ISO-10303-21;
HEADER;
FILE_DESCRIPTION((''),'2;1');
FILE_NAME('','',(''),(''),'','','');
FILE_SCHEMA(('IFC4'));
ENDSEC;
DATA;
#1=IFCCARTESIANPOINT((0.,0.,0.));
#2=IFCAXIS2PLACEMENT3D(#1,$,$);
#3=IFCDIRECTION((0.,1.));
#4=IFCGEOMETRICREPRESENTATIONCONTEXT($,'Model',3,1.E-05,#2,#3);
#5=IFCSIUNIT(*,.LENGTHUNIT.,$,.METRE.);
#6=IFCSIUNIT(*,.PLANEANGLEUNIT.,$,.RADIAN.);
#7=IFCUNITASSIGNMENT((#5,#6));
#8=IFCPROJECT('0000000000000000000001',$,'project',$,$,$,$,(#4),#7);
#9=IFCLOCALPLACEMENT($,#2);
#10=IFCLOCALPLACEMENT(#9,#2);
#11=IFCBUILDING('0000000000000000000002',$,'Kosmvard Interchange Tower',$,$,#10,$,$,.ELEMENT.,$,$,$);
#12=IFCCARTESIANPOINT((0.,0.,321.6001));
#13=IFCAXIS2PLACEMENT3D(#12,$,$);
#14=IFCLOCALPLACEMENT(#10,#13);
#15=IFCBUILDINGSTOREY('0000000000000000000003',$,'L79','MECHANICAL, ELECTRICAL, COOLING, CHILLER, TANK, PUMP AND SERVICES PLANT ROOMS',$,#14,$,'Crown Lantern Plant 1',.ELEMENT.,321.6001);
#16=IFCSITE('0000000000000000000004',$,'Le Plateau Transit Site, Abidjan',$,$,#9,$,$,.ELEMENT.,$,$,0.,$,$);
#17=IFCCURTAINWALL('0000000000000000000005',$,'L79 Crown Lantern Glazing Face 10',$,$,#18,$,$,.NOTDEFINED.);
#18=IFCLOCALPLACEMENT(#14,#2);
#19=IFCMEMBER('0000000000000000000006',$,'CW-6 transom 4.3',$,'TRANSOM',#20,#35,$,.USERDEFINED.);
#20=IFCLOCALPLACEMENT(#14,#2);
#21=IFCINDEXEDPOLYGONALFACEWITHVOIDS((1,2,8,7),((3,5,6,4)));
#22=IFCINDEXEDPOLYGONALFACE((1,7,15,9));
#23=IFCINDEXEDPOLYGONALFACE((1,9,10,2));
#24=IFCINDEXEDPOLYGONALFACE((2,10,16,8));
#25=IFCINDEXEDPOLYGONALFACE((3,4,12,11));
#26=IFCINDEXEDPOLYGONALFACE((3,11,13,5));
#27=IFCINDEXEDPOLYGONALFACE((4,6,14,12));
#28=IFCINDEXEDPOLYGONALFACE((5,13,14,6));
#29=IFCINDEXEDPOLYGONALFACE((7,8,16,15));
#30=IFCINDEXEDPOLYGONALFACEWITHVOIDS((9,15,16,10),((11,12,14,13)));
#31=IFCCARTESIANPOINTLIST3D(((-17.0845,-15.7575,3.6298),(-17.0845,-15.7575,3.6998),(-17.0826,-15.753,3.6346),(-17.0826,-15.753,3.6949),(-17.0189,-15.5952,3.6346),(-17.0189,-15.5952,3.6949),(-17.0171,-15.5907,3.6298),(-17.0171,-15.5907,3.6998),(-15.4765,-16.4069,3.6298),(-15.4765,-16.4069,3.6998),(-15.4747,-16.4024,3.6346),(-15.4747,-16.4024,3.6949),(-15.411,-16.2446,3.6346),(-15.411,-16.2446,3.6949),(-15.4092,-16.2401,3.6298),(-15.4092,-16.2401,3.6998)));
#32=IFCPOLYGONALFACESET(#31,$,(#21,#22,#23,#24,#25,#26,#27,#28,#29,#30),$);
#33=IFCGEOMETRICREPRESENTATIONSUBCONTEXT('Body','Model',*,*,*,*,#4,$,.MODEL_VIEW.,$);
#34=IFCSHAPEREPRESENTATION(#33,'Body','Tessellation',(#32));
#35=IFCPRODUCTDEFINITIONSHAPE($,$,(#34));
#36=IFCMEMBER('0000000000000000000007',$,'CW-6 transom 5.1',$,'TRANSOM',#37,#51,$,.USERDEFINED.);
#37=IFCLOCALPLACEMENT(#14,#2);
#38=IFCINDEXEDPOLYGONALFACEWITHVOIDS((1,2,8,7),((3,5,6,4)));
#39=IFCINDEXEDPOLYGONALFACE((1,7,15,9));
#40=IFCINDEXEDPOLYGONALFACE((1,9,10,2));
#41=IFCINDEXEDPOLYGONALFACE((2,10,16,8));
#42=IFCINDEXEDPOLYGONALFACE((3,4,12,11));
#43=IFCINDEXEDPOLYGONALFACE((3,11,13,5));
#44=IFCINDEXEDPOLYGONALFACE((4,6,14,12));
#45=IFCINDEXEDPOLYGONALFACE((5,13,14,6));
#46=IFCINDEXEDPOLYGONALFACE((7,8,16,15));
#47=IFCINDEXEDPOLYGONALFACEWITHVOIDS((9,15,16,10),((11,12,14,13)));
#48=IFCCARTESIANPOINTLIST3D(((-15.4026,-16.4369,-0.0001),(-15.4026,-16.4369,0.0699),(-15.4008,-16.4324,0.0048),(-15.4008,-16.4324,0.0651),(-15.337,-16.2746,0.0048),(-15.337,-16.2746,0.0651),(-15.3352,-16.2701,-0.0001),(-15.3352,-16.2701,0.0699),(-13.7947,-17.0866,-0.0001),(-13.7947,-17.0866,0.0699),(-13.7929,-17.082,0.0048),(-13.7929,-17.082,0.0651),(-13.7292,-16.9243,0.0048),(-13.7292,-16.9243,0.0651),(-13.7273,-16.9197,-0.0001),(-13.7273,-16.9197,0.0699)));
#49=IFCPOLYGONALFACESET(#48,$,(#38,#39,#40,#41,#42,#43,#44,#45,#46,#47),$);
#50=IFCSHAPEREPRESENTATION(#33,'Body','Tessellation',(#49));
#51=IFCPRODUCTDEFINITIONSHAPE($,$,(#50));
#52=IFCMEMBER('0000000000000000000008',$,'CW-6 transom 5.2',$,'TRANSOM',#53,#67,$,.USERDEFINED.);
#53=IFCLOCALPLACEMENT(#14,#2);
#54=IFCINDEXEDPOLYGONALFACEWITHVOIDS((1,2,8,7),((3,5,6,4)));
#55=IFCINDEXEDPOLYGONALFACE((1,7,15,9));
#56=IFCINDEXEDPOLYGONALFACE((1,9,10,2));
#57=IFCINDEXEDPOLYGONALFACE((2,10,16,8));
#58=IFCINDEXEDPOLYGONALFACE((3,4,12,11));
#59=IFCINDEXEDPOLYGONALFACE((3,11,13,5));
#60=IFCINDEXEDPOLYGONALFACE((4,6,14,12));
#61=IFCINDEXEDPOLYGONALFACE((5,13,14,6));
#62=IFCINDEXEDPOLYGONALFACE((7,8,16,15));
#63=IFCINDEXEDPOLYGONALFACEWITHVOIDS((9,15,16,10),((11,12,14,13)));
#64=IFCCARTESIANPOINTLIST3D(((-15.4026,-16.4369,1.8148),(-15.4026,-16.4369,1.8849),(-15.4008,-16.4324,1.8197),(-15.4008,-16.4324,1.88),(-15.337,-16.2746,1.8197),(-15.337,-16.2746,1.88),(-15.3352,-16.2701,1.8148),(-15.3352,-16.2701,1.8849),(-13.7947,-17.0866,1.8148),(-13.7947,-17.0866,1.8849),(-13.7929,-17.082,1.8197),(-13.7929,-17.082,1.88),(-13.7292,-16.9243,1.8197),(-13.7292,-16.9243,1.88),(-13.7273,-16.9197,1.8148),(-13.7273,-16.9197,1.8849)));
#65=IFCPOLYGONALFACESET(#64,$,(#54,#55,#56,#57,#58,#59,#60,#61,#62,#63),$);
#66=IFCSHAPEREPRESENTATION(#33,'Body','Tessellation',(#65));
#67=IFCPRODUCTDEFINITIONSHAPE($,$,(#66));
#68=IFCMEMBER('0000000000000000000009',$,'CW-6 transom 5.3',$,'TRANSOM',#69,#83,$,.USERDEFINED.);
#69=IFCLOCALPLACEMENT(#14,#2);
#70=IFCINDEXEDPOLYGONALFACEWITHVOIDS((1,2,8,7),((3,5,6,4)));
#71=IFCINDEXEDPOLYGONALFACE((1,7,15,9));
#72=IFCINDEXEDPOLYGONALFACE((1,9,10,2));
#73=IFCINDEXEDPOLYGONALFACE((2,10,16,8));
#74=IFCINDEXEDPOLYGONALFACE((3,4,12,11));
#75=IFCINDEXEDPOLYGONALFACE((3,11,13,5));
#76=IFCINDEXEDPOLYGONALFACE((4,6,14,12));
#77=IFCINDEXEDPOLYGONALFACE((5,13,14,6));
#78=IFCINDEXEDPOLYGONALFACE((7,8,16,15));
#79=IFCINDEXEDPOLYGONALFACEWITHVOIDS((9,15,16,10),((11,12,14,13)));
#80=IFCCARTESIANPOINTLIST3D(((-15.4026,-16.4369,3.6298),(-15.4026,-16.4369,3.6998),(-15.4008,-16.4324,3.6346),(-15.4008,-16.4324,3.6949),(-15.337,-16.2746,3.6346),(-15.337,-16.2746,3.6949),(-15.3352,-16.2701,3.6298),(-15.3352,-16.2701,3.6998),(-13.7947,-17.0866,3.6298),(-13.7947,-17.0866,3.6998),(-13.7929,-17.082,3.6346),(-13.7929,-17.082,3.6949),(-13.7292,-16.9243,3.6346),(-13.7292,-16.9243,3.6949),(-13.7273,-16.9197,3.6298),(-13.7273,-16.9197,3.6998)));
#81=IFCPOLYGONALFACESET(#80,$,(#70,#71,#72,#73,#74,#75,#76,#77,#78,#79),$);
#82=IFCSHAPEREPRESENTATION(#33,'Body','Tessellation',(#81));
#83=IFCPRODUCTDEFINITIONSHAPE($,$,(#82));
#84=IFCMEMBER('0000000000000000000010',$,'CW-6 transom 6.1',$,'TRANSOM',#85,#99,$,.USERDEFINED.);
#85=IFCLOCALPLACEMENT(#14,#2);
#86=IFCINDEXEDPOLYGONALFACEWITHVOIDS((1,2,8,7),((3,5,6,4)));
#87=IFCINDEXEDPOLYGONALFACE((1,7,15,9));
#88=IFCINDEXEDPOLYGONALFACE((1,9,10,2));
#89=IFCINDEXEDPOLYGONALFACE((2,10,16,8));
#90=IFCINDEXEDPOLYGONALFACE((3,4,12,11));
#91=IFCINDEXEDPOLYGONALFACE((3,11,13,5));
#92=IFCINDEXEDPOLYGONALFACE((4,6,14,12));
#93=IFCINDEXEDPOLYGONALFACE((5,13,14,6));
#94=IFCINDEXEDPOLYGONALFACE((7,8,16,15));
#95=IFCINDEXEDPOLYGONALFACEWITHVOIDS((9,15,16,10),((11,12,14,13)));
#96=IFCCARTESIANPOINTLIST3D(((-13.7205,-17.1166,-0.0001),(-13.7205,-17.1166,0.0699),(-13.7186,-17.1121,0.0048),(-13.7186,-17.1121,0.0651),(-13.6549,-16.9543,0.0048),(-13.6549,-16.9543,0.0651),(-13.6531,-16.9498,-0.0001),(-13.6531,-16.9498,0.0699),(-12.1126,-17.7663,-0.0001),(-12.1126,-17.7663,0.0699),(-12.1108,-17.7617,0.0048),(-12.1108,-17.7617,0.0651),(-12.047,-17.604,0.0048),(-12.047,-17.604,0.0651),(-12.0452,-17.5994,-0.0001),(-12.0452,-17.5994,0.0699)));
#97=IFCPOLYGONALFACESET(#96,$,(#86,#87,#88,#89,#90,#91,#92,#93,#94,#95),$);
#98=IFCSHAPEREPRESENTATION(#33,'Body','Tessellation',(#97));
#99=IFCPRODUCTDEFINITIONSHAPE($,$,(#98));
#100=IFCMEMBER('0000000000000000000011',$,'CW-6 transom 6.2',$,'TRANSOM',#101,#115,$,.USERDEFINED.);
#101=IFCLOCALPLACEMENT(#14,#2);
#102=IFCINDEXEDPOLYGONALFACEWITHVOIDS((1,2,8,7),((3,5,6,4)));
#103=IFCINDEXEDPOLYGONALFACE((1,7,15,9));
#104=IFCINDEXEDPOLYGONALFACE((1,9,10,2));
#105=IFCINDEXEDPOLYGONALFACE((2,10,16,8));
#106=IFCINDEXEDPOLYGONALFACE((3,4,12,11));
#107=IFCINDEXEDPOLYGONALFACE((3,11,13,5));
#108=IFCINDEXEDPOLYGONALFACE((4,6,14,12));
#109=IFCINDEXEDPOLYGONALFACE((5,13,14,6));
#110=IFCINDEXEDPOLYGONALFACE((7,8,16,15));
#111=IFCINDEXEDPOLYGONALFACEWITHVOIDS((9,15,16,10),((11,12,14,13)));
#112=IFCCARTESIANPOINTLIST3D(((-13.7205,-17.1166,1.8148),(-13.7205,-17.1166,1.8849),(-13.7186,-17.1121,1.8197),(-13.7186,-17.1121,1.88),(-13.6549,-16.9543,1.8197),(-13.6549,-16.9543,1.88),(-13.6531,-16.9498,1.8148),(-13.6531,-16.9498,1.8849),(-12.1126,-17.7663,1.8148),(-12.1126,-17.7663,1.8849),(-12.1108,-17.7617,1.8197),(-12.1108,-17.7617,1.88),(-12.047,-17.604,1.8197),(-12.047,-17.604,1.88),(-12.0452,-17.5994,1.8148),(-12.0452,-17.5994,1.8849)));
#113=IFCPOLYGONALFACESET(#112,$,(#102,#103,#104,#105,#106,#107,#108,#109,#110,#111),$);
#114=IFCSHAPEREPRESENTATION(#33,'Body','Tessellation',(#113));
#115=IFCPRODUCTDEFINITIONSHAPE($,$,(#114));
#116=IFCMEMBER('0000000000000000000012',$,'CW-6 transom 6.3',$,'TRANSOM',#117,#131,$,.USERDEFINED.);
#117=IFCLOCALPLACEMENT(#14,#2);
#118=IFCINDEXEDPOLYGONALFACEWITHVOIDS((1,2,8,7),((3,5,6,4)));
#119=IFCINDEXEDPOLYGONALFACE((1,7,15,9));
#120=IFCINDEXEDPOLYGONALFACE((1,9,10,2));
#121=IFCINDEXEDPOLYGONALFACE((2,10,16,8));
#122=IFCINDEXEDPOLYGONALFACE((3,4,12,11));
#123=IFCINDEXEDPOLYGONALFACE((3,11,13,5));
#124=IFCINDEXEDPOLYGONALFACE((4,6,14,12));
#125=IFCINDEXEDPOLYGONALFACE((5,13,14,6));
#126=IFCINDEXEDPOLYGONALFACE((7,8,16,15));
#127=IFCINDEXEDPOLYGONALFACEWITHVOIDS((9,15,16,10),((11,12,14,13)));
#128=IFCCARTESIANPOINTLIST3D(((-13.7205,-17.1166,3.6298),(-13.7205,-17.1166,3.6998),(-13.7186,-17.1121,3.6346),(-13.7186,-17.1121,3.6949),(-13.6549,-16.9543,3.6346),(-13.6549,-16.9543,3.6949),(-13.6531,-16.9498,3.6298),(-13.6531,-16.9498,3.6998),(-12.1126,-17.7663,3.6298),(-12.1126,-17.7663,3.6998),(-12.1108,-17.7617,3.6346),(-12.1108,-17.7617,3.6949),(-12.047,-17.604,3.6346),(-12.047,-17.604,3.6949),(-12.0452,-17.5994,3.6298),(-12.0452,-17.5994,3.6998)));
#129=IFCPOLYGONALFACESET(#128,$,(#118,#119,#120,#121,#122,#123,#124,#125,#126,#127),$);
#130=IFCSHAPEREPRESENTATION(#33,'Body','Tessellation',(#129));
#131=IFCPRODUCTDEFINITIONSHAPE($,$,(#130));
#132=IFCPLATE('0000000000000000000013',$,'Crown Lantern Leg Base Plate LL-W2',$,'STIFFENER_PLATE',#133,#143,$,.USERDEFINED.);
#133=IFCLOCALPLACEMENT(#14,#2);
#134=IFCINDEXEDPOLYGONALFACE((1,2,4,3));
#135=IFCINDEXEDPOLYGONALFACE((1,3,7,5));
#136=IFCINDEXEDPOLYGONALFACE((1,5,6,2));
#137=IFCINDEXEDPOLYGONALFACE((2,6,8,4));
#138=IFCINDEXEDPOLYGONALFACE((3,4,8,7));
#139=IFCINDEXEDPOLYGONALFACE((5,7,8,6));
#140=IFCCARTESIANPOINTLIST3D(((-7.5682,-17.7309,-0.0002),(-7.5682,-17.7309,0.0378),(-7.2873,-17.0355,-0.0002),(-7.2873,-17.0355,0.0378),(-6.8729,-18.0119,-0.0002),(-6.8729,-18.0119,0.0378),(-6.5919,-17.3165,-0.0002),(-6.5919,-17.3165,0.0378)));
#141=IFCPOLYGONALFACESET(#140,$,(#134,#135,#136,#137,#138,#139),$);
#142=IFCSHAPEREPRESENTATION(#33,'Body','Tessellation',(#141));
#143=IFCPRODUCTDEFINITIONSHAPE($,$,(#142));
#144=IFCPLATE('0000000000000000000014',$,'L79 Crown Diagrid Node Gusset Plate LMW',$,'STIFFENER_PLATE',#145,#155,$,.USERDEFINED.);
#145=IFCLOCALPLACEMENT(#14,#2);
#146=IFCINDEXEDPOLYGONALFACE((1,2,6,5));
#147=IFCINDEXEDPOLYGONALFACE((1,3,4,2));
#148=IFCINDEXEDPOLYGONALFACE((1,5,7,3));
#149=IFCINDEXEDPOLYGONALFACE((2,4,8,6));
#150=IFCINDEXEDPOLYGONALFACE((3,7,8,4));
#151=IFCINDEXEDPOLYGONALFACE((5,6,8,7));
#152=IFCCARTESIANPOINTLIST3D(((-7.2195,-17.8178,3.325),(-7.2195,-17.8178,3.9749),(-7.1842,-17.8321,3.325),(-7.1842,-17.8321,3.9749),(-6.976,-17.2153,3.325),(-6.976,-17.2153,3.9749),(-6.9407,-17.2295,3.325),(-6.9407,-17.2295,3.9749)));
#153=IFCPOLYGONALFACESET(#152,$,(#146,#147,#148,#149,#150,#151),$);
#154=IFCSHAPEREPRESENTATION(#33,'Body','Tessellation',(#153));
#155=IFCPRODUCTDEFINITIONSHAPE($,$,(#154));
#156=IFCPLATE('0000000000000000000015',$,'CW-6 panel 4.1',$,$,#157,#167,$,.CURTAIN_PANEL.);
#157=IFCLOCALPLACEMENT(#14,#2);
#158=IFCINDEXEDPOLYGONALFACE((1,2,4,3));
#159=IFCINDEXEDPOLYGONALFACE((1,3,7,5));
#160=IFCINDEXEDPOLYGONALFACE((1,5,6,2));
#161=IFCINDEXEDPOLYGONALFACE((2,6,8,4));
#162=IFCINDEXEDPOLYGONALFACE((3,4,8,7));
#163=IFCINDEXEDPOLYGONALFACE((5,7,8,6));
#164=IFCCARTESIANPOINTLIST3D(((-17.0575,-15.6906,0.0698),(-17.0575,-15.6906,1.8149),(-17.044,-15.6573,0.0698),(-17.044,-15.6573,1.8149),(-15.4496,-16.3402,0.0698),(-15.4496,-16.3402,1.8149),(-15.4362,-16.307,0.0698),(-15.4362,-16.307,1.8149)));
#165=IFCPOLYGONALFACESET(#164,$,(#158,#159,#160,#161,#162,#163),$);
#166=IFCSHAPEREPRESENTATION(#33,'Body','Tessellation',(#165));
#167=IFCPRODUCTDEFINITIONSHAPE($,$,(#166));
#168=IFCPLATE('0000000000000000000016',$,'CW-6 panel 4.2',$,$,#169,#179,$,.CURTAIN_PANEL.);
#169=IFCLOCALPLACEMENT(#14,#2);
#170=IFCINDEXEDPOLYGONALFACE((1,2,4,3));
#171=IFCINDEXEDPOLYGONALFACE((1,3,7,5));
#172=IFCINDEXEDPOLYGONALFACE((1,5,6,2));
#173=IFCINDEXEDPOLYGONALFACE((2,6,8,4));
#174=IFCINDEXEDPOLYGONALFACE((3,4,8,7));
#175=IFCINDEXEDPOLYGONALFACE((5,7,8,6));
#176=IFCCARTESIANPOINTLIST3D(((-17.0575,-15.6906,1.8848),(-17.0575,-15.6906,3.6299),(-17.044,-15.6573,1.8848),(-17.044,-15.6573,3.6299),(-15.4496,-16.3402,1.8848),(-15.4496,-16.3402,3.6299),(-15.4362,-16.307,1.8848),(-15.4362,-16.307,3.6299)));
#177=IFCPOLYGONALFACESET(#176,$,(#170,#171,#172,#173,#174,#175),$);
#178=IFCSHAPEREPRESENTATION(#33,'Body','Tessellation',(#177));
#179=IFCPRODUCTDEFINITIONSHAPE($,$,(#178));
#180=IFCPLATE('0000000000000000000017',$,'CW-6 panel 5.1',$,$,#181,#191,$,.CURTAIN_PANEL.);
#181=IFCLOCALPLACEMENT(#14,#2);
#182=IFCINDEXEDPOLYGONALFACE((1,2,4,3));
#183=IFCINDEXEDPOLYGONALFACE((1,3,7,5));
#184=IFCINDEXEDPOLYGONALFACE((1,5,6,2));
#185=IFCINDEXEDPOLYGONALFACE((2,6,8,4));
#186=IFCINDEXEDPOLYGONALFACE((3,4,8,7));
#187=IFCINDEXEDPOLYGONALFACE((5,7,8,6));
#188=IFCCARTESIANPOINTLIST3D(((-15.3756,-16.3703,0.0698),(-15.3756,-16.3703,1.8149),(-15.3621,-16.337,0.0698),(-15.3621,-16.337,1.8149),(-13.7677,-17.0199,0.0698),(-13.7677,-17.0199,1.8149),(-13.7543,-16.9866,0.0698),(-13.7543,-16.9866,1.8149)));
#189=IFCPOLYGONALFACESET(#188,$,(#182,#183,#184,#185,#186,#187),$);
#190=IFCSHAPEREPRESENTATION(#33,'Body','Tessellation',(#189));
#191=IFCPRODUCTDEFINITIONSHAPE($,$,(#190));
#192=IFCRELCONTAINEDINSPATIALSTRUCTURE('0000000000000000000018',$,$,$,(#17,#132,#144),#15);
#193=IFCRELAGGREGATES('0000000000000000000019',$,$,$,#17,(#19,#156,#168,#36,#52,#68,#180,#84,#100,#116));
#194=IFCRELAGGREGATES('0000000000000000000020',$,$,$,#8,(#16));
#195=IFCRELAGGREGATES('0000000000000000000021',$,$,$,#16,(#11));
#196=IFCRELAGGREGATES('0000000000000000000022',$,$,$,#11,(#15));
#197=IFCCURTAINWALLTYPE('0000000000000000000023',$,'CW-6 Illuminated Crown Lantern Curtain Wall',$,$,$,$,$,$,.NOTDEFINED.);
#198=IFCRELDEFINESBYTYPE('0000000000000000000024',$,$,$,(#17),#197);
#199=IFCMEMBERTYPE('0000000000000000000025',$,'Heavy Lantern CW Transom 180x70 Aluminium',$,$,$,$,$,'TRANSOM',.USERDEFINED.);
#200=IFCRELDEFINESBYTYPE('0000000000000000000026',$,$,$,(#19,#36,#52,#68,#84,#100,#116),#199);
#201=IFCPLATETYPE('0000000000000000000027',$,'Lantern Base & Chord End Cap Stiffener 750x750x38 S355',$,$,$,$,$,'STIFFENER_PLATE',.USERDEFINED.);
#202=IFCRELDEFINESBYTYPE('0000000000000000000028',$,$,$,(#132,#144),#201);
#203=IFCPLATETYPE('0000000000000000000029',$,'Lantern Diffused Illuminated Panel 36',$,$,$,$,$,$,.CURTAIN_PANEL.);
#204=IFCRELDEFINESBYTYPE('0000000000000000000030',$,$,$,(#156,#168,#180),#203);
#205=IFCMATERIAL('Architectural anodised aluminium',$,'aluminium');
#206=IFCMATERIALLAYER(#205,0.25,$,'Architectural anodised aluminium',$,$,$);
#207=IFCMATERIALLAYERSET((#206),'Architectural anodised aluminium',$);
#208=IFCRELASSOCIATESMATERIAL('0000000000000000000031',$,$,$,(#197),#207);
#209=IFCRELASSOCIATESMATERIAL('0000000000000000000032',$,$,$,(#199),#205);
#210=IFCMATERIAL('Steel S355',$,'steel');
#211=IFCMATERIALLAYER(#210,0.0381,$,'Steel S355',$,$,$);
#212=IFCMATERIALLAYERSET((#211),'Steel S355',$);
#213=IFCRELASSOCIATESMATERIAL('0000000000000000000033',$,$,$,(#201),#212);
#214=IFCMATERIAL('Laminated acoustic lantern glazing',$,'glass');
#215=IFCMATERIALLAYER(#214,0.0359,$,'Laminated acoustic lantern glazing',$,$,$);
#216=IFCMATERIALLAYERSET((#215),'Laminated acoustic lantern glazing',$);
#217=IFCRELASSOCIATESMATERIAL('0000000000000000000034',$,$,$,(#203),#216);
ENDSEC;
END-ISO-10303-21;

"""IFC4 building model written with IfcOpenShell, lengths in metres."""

from ifc_helpers import new_model, si_unit, direction, frame, origin, origin_2d, place, context, subcontext, project, spatial, rectangle, hollow_rectangle, extrude, source, transform, mapped, material, layer, layer_set, material_profile, profile_set, type_object, element, aggregate, save


model = new_model("IFC4")

# Units and contexts
model_context = context("Model", 3, precision=1e-05, world=origin(), true_north=direction((0.0, 1.0)))
body_context = subcontext(model_context, "Body", "Model", "MODEL_VIEW")
ifc_project = project(units=[si_unit("LENGTHUNIT", "METRE"), si_unit("PLANEANGLEUNIT", "RADIAN")], contexts=[model_context])

# Site, building, storey
site_placement = place(None, origin())
site = spatial("IfcSite", under=ifc_project, at=site_placement, Name="Le Plateau Transit Site, Abidjan", CompositionType="ELEMENT", RefElevation=0.0)
building_placement = place(site_placement, origin())
building = spatial("IfcBuilding", under=site, at=building_placement, Name="Kosmvard Interchange Tower", CompositionType="ELEMENT")
storey_placement = place(building_placement, frame((0.0, 0.0, 321.6001)))
storey = spatial("IfcBuildingStorey", under=building, at=storey_placement, Name="L79", Description="MECHANICAL, ELECTRICAL, COOLING, CHILLER, TANK, PUMP AND SERVICES PLANT ROOMS", LongName="Crown Lantern Plant 1", CompositionType="ELEMENT", Elevation=321.6001)

# Shared definitions
ifc_material_1 = material(Name="Steel S355", Category="steel")

# Curtain wall, members
ifc_material_2 = material(Name="Architectural anodised aluminium", Category="aluminium")
ifc_layer_1 = layer(ifc_material_2, 0.25, Name="Architectural anodised aluminium")
ifc_layer_set_1 = layer_set([ifc_layer_1], Name="Architectural anodised aluminium")
curtain_wall_type = type_object("IfcCurtainWallType", Name="CW-6 Illuminated Crown Lantern Curtain Wall", PredefinedType="NOTDEFINED", material=ifc_layer_set_1)
curtain_wall_placement = place(storey_placement, origin())
curtain_wall = element("IfcCurtainWall", 1, at=curtain_wall_placement, inside=storey, type_object=curtain_wall_type, Name="L79 Crown Lantern Glazing Face 10", PredefinedType="NOTDEFINED")
ifc_material_profile_1 = material_profile(ifc_material_2, hollow_rectangle(XDim=0.1799, YDim=0.0701, WallThickness=0.0049, at=origin_2d()), Name="CWT 180x70x5")
ifc_profile_set_1 = profile_set([ifc_material_profile_1], Name="Architectural anodised aluminium")
member_type_1 = type_object("IfcMemberType", Name="Heavy Lantern CW Transom 180x70 Aluminium", ElementType="TRANSOM", PredefinedType="USERDEFINED", material=ifc_profile_set_1)
shared_shape_1 = source(origin(), body_context, "Body", "SweptSolid", [
    extrude(hollow_rectangle(XDim=0.1799, YDim=0.0701, WallThickness=0.0049, at=origin_2d()), origin(), (0.0, 0.0, 1.0), 1.7341),
])
member_1_placement = place(storey_placement, frame((-17.0508, -15.6741, 3.6648), z_axis=(0.927229, -0.374496, 0.0), x_axis=(0.374496, 0.927229, 0.0)))
member_1 = element("IfcMember", 2, at=member_1_placement, type_object=member_type_1, Name="CW-6 transom 4.3", ObjectType="TRANSOM", PredefinedType="USERDEFINED", context=body_context, shape_type="MappedRepresentation", body=[
    mapped(shared_shape_1, transform((0.0, 0.0, 0.0), scale=1.0)),
])
member_2_placement = place(storey_placement, frame((-15.3689, -16.3535, 0.0349), z_axis=(0.92718, -0.374617, 0.0), x_axis=(0.374617, 0.92718, 0.0)))
member_2 = element("IfcMember", 3, at=member_2_placement, type_object=member_type_1, Name="CW-6 transom 5.1", ObjectType="TRANSOM", PredefinedType="USERDEFINED", context=body_context, shape_type="MappedRepresentation", body=[
    mapped(shared_shape_1, transform((0.0, 0.0, 0.0), scale=1.0)),
])
member_3_placement = place(storey_placement, frame((-15.3689, -16.3535, 1.8499), z_axis=(0.92718, -0.374617, 0.0), x_axis=(0.374617, 0.92718, 0.0)))
member_3 = element("IfcMember", 4, at=member_3_placement, type_object=member_type_1, Name="CW-6 transom 5.2", ObjectType="TRANSOM", PredefinedType="USERDEFINED", context=body_context, shape_type="MappedRepresentation", body=[
    mapped(shared_shape_1, transform((0.0, 0.0, 0.0), scale=1.0)),
])
member_4_placement = place(storey_placement, frame((-15.3689, -16.3535, 3.6648), z_axis=(0.92718, -0.374617, 0.0), x_axis=(0.374617, 0.92718, 0.0)))
member_4 = element("IfcMember", 5, at=member_4_placement, type_object=member_type_1, Name="CW-6 transom 5.3", ObjectType="TRANSOM", PredefinedType="USERDEFINED", context=body_context, shape_type="MappedRepresentation", body=[
    mapped(shared_shape_1, transform((0.0, 0.0, 0.0), scale=1.0)),
])
member_5_placement = place(storey_placement, frame((-13.6868, -17.0332, 0.0349), z_axis=(0.92718, -0.374617, 0.0), x_axis=(0.374617, 0.92718, 0.0)))
member_5 = element("IfcMember", 6, at=member_5_placement, type_object=member_type_1, Name="CW-6 transom 6.1", ObjectType="TRANSOM", PredefinedType="USERDEFINED", context=body_context, shape_type="MappedRepresentation", body=[
    mapped(shared_shape_1, transform((0.0, 0.0, 0.0), scale=1.0)),
])
member_6_placement = place(storey_placement, frame((-13.6868, -17.0332, 1.8499), z_axis=(0.92718, -0.374617, 0.0), x_axis=(0.374617, 0.92718, 0.0)))
member_6 = element("IfcMember", 7, at=member_6_placement, type_object=member_type_1, Name="CW-6 transom 6.2", ObjectType="TRANSOM", PredefinedType="USERDEFINED", context=body_context, shape_type="MappedRepresentation", body=[
    mapped(shared_shape_1, transform((0.0, 0.0, 0.0), scale=1.0)),
])
member_7_placement = place(storey_placement, frame((-13.6868, -17.0332, 3.6648), z_axis=(0.92718, -0.374617, 0.0), x_axis=(0.374617, 0.92718, 0.0)))
member_7 = element("IfcMember", 8, at=member_7_placement, type_object=member_type_1, Name="CW-6 transom 6.3", ObjectType="TRANSOM", PredefinedType="USERDEFINED", context=body_context, shape_type="MappedRepresentation", body=[
    mapped(shared_shape_1, transform((0.0, 0.0, 0.0), scale=1.0)),
])

# Plates
ifc_layer_2 = layer(ifc_material_1, 0.0381, Name="Steel S355")
ifc_layer_set_2 = layer_set([ifc_layer_2], Name="Steel S355")
plate_type_1 = type_object("IfcPlateType", Name="Lantern Base & Chord End Cap Stiffener 750x750x38 S355", ElementType="STIFFENER_PLATE", PredefinedType="USERDEFINED", material=ifc_layer_set_2)
shared_shape_2 = source(origin(), body_context, "Body", "SweptSolid", [
    extrude(rectangle(XDim=0.75, YDim=0.75, at=origin_2d()), origin(), (0.0, 0.0, 1.0), 0.0381),
])
plate_1_placement = place(storey_placement, frame((-7.0801, -17.5237, -0.0002), z_axis=(0.0, 0.0, 1.0), x_axis=(0.374607, 0.927184, 0.0)))
element("IfcPlate", 9, at=plate_1_placement, inside=storey, type_object=plate_type_1, Name="Crown Lantern Leg Base Plate LL-W2", ObjectType="STIFFENER_PLATE", PredefinedType="USERDEFINED", context=body_context, shape_type="MappedRepresentation", body=[
    mapped(shared_shape_2, transform((0.0, 0.0, 0.0), scale=1.0)),
])
shared_shape_3 = source(origin(), body_context, "Body", "SweptSolid", [
    extrude(rectangle(XDim=0.6499, YDim=0.0381, at=origin_2d()), origin(), (0.0, 0.0, 1.0), 0.6499),
])
plate_2_placement = place(storey_placement, frame((-7.0801, -17.5237, 3.325), z_axis=(0.0, 0.0, 1.0), x_axis=(0.374607, 0.927184, 0.0)))
element("IfcPlate", 10, at=plate_2_placement, inside=storey, type_object=plate_type_1, Name="L79 Crown Diagrid Node Gusset Plate LMW", ObjectType="STIFFENER_PLATE", PredefinedType="USERDEFINED", context=body_context, shape_type="MappedRepresentation", body=[
    mapped(shared_shape_3, transform((0.0, 0.0, 0.0), scale=1.0)),
])

# Plates
ifc_material_3 = material(Name="Laminated acoustic lantern glazing", Category="glass")
ifc_layer_3 = layer(ifc_material_3, 0.0359, Name="Laminated acoustic lantern glazing")
ifc_layer_set_3 = layer_set([ifc_layer_3], Name="Laminated acoustic lantern glazing")
plate_type_2 = type_object("IfcPlateType", Name="Lantern Diffused Illuminated Panel 36", PredefinedType="CURTAIN_PANEL", material=ifc_layer_set_3)
shared_shape_4 = source(origin(), body_context, "Body", "SweptSolid", [
    extrude(rectangle(XDim=1.7341, YDim=0.0359, at=origin_2d()), origin(), (0.0, 0.0, 1.0), 1.7451),
])
plate_3_placement = place(storey_placement, frame((-16.2468, -15.9988, 0.0698), z_axis=(0.0, 0.0, 1.0), x_axis=(0.927184, -0.374607, 0.0)))
plate_3 = element("IfcPlate", 11, at=plate_3_placement, type_object=plate_type_2, Name="CW-6 panel 4.1", PredefinedType="CURTAIN_PANEL", context=body_context, shape_type="MappedRepresentation", body=[
    mapped(shared_shape_4, transform((0.0, 0.0, 0.0), scale=1.0)),
])
plate_4_placement = place(storey_placement, frame((-16.2468, -15.9988, 1.8848), z_axis=(0.0, 0.0, 1.0), x_axis=(0.927184, -0.374607, 0.0)))
plate_4 = element("IfcPlate", 12, at=plate_4_placement, type_object=plate_type_2, Name="CW-6 panel 4.2", PredefinedType="CURTAIN_PANEL", context=body_context, shape_type="MappedRepresentation", body=[
    mapped(shared_shape_4, transform((0.0, 0.0, 0.0), scale=1.0)),
])
plate_5_placement = place(storey_placement, frame((-14.5649, -16.6785, 0.0698), z_axis=(0.0, 0.0, 1.0), x_axis=(0.927184, -0.374607, 0.0)))
plate_5 = element("IfcPlate", 13, at=plate_5_placement, type_object=plate_type_2, Name="CW-6 panel 5.1", PredefinedType="CURTAIN_PANEL", context=body_context, shape_type="MappedRepresentation", body=[
    mapped(shared_shape_4, transform((0.0, 0.0, 0.0), scale=1.0)),
])
aggregate(curtain_wall, [member_1, plate_3, plate_4, member_2, member_3, member_4, plate_5, member_5, member_6, member_7])

save(model, "model.ifc")
